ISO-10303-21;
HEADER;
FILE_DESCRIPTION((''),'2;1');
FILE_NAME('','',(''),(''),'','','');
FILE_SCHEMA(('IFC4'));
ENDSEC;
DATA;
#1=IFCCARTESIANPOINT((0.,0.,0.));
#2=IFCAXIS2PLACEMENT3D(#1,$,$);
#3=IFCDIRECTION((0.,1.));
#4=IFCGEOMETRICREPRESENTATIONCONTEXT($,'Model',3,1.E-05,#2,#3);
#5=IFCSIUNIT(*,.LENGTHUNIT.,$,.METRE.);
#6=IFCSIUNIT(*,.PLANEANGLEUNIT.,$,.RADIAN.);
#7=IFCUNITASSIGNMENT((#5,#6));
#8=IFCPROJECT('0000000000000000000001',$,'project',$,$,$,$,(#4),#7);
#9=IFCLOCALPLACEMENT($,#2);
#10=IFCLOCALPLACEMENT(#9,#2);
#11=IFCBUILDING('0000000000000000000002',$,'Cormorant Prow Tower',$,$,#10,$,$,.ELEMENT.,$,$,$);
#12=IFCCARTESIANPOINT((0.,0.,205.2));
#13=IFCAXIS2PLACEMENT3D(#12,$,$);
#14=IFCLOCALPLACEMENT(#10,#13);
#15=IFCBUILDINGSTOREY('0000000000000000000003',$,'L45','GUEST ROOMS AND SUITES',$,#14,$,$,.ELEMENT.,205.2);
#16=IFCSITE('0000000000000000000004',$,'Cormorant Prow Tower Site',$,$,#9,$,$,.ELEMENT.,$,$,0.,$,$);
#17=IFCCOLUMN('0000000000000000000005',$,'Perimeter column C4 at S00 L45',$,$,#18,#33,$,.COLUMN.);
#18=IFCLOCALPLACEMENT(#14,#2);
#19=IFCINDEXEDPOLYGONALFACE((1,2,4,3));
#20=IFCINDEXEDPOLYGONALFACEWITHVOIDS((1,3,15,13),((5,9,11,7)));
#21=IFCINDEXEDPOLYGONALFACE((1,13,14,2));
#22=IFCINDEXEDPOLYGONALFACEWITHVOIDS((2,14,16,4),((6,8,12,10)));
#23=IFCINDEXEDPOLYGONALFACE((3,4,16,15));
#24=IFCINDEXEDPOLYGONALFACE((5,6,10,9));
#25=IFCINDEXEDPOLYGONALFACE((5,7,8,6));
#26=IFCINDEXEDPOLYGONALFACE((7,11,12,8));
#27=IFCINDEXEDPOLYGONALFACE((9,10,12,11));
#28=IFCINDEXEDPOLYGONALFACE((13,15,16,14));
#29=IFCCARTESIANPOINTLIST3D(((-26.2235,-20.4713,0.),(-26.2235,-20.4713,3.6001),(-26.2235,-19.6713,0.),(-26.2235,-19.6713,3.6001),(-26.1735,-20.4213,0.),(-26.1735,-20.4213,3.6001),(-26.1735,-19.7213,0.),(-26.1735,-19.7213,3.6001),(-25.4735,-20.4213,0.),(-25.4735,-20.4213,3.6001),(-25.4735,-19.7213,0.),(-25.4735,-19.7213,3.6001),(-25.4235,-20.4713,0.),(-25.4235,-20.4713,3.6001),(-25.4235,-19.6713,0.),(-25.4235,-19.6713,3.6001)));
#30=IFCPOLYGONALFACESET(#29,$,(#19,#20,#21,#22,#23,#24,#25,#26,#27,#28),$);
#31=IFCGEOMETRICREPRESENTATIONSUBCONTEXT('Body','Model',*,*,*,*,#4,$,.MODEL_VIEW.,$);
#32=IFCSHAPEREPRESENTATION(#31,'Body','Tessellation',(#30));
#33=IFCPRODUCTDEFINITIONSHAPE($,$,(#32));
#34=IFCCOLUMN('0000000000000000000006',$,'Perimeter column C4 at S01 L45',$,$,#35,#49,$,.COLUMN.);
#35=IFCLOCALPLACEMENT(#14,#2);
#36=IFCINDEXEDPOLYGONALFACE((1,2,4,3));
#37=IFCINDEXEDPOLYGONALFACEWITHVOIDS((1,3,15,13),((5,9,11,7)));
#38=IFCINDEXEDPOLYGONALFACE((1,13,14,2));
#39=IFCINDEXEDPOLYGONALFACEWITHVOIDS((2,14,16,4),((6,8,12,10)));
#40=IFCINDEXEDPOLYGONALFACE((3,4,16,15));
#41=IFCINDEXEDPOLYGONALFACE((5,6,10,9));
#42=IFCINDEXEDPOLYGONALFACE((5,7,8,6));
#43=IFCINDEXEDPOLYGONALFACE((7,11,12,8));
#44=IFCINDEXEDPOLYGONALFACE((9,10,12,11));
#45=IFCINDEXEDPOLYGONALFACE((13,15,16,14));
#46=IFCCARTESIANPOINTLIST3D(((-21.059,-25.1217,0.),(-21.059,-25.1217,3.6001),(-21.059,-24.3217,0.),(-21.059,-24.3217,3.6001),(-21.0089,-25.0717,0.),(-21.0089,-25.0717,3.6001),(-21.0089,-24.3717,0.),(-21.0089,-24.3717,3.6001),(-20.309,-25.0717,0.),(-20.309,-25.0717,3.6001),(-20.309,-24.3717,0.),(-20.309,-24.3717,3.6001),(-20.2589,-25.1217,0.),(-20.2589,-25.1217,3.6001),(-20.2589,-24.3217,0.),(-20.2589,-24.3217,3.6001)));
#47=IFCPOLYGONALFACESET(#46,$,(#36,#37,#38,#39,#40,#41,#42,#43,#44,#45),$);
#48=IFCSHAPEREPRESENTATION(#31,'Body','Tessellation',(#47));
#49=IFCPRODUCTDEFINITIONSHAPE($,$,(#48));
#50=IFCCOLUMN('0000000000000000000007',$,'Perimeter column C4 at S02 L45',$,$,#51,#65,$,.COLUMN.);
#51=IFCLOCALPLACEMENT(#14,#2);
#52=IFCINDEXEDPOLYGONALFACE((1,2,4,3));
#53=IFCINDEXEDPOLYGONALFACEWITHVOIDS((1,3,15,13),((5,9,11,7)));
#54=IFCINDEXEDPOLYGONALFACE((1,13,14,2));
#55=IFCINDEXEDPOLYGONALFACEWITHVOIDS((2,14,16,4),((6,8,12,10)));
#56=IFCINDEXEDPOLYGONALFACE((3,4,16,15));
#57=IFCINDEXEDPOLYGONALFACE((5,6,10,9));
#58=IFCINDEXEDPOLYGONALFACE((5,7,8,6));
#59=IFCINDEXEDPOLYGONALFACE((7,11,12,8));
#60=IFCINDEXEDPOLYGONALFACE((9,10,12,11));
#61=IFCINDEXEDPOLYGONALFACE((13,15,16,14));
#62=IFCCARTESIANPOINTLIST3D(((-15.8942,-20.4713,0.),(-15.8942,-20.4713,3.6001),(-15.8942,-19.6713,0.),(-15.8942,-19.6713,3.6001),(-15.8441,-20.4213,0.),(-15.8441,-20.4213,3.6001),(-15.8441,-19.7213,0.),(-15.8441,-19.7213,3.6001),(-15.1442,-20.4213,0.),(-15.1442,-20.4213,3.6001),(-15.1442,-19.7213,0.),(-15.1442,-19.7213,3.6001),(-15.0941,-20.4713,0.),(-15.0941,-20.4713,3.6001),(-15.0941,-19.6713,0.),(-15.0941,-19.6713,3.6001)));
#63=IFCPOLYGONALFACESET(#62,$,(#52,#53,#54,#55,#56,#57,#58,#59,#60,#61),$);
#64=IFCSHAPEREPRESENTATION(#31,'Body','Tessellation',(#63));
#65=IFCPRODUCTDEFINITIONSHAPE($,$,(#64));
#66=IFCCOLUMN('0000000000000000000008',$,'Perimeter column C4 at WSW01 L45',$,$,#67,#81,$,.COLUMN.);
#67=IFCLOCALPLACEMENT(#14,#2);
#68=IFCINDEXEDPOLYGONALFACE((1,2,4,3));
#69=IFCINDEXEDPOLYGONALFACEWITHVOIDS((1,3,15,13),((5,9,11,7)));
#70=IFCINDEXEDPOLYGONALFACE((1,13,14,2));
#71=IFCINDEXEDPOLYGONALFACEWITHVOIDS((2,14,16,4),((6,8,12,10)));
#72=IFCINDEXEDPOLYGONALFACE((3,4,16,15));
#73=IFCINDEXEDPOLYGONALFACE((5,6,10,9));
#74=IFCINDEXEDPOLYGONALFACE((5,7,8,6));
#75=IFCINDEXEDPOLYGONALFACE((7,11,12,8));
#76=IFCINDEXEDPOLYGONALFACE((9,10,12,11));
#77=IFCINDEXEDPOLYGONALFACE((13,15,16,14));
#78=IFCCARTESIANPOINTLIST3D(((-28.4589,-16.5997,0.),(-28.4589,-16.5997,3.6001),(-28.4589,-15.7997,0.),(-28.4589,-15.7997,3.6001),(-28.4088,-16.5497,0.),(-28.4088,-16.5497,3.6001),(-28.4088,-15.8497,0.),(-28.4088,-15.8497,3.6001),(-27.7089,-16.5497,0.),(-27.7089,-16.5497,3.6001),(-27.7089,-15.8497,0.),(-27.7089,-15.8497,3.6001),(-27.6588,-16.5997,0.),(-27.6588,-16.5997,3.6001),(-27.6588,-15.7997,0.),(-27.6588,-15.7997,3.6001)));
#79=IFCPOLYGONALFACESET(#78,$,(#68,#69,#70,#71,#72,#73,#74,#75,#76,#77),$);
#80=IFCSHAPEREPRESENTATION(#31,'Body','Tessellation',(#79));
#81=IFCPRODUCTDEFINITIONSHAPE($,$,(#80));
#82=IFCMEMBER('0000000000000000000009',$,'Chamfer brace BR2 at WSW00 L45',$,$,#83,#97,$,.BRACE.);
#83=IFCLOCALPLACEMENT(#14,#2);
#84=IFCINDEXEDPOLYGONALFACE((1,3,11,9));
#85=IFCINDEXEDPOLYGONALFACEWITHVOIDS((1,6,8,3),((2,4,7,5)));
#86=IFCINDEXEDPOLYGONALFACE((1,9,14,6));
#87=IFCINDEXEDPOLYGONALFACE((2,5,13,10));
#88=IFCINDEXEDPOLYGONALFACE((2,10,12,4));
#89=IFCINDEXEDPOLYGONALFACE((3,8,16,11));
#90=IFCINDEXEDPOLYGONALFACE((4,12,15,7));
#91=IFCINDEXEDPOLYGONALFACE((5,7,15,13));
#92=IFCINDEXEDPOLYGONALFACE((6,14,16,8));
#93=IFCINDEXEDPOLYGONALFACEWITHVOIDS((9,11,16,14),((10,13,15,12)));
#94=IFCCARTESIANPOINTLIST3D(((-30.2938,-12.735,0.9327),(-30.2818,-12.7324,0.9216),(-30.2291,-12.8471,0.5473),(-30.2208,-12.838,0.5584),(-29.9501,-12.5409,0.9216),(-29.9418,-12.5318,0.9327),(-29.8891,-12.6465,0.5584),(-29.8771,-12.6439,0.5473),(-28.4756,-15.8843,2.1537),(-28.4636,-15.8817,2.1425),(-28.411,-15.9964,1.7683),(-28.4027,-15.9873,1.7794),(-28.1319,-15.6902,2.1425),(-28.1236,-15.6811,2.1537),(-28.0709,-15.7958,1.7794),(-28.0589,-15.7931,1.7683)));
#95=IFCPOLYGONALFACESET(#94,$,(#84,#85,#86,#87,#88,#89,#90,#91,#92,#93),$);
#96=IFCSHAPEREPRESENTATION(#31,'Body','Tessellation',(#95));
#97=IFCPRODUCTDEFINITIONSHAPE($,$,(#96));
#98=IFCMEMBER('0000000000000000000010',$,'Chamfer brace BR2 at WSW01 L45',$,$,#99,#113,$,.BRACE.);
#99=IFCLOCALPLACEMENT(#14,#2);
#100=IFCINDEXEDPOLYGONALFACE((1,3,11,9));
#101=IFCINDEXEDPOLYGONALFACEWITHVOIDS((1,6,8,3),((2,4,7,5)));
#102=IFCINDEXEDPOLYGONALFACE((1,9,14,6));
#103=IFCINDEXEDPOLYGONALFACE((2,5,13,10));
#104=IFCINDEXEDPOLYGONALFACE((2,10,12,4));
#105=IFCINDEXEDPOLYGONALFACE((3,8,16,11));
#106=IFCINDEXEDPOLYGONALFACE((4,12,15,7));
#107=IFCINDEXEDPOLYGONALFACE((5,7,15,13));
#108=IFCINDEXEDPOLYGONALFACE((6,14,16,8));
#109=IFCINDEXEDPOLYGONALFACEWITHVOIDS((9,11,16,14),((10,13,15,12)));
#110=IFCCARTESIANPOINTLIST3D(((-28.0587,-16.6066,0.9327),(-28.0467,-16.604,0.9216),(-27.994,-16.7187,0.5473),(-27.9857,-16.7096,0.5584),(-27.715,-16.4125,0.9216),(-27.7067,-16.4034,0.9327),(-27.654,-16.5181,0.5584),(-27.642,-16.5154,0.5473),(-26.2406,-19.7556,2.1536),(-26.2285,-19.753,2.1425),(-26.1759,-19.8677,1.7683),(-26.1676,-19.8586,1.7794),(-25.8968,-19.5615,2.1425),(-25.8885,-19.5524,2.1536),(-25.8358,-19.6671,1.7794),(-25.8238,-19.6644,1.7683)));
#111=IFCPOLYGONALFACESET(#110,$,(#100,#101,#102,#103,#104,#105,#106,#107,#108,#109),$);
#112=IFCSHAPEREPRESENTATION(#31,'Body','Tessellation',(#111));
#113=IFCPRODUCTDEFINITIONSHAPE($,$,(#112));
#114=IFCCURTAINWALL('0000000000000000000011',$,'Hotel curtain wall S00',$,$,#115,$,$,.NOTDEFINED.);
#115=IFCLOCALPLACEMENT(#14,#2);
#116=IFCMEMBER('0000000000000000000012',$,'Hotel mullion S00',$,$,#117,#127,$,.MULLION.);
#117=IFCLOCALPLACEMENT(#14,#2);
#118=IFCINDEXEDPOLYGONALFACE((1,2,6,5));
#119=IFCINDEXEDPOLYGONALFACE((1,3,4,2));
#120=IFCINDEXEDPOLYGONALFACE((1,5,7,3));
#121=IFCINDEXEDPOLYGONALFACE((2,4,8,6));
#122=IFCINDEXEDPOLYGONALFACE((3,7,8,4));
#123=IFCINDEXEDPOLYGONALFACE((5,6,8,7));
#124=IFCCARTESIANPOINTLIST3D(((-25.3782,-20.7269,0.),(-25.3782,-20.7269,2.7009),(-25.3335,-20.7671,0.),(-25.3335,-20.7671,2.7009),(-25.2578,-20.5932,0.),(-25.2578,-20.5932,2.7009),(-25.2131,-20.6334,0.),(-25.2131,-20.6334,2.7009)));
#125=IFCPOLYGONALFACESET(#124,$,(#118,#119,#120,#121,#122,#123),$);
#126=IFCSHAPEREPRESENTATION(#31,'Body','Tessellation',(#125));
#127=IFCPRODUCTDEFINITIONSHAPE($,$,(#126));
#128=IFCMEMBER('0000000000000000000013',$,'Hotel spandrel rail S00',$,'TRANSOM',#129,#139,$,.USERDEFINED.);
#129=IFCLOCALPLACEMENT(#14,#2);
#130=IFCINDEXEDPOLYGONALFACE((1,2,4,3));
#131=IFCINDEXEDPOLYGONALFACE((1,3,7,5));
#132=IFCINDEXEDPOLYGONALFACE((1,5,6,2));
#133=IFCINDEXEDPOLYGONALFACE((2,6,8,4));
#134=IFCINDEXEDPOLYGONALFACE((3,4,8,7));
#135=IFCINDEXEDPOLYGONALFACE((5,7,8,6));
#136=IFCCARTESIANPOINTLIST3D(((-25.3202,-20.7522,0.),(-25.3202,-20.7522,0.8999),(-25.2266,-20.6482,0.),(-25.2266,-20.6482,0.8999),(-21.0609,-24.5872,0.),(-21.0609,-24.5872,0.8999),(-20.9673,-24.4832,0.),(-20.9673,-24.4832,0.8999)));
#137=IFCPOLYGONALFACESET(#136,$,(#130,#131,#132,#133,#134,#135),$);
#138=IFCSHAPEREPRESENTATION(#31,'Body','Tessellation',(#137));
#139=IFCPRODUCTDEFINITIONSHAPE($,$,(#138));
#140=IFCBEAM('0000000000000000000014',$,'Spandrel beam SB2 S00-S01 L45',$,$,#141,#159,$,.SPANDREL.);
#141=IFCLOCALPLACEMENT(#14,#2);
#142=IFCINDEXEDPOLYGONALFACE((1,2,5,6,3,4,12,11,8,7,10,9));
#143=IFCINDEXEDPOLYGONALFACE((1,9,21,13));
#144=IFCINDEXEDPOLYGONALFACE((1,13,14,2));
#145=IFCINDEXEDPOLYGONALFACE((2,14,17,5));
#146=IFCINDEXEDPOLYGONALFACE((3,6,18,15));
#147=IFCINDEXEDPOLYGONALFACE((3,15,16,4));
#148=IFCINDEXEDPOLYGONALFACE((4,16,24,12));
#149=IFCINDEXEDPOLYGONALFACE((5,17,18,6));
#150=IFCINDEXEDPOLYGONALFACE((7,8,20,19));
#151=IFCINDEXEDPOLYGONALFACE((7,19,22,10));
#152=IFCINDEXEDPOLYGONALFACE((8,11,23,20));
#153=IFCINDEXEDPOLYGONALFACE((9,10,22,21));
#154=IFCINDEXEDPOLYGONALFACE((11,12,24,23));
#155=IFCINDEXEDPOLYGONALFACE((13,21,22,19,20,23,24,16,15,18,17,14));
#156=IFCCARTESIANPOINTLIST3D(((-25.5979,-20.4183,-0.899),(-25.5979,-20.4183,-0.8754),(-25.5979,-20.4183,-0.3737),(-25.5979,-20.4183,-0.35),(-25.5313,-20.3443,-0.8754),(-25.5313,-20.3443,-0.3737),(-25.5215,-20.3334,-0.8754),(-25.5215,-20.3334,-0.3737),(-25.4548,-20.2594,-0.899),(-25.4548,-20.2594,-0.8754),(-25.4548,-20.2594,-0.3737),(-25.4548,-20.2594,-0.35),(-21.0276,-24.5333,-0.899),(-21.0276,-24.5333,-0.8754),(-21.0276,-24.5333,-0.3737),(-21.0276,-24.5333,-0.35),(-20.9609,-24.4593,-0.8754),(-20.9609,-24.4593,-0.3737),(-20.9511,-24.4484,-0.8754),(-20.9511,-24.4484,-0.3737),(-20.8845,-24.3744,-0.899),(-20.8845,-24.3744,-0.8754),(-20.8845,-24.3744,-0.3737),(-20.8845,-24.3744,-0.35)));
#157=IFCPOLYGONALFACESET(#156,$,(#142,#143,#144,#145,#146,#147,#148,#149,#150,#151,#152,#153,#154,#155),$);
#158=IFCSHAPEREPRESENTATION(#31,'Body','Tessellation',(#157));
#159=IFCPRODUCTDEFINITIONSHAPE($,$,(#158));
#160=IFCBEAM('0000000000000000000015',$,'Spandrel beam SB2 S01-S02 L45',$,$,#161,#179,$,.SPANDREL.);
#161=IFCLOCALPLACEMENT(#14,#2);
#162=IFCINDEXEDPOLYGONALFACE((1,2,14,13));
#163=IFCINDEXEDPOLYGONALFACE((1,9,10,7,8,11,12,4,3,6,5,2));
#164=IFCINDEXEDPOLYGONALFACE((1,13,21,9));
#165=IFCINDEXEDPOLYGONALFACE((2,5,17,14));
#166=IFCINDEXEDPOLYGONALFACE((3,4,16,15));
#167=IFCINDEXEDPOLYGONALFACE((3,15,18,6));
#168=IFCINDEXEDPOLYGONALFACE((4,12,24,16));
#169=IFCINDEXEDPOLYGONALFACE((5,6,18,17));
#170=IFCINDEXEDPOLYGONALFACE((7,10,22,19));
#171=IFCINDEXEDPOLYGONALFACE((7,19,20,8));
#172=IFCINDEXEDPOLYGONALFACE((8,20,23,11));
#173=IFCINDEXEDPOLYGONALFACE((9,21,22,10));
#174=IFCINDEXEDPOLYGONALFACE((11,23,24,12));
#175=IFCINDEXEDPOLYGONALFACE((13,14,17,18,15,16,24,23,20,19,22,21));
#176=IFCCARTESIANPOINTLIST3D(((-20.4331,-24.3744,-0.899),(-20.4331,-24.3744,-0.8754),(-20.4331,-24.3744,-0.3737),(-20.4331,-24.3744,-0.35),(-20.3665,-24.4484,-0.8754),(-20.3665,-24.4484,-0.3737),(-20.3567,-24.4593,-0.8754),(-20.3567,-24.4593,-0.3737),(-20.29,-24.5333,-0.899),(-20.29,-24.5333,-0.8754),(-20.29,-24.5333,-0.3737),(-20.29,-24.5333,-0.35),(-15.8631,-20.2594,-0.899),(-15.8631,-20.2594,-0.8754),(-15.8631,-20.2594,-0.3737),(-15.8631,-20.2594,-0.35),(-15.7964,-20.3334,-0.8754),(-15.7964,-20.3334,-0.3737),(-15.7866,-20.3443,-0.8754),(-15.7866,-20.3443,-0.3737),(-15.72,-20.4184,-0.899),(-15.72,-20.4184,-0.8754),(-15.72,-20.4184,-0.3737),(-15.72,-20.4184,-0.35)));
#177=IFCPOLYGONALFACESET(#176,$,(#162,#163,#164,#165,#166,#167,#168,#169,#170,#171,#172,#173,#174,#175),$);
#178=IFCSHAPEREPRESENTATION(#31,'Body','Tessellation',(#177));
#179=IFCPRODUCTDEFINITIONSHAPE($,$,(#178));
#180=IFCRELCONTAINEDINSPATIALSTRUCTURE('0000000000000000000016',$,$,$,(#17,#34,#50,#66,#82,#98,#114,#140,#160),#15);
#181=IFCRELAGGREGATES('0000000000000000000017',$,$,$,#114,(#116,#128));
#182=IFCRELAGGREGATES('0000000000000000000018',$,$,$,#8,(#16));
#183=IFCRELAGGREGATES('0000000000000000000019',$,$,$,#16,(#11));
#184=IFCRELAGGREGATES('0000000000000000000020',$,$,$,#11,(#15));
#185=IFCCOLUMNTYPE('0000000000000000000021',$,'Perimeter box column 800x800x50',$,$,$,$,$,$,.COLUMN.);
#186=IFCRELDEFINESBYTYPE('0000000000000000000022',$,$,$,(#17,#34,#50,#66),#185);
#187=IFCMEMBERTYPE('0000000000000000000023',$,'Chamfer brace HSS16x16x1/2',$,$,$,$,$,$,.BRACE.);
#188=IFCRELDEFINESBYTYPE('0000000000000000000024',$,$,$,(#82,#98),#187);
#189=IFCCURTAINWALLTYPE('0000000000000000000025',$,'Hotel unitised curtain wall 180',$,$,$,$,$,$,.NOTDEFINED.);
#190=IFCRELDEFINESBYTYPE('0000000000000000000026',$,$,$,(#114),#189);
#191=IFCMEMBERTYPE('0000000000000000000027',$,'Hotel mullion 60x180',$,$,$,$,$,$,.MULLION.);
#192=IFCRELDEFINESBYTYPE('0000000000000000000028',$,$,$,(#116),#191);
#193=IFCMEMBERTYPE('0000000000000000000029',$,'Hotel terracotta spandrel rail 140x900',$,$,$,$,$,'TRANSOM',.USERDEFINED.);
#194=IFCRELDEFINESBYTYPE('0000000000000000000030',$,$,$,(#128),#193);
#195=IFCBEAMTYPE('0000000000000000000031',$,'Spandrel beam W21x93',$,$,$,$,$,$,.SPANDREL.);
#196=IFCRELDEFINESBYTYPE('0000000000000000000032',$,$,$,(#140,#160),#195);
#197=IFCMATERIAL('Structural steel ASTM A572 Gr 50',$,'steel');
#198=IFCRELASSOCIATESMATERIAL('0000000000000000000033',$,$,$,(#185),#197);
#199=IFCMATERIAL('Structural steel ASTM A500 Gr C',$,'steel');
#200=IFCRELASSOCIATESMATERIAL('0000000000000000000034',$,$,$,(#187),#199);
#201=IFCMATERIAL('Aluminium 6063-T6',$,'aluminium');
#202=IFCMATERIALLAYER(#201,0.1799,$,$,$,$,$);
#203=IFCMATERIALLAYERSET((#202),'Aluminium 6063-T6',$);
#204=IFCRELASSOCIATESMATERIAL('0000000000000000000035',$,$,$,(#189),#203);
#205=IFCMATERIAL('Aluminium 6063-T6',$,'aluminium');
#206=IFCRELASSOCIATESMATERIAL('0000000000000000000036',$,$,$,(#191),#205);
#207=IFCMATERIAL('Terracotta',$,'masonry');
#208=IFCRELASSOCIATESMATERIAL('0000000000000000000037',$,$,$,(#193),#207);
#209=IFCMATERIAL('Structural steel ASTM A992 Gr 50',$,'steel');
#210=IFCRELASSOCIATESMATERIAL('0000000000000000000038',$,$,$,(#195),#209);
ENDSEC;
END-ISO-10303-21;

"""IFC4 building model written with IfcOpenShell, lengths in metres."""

from ifc_helpers import new_model, si_unit, direction, frame, origin, origin_2d, place, context, subcontext, project, spatial, rectangle, hollow_rectangle, i_section, extrude, material, layer, layer_set, material_profile, profile_set, type_object, element, aggregate, save


model = new_model("IFC4")

# Units and contexts
model_context = context("Model", 3, precision=1e-05, world=origin(), true_north=direction((0.0, 1.0)))
body_context = subcontext(model_context, "Body", "Model", "MODEL_VIEW")
ifc_project = project(units=[si_unit("LENGTHUNIT", "METRE"), si_unit("PLANEANGLEUNIT", "RADIAN")], contexts=[model_context])

# Site, building, storey
site_placement = place(None, origin())
site = spatial("IfcSite", under=ifc_project, at=site_placement, Name="Cormorant Prow Tower Site", CompositionType="ELEMENT", RefElevation=0.0)
building_placement = place(site_placement, origin())
building = spatial("IfcBuilding", under=site, at=building_placement, Name="Cormorant Prow Tower", CompositionType="ELEMENT")
storey_placement = place(building_placement, frame((0.0, 0.0, 205.2)))
storey = spatial("IfcBuildingStorey", under=building, at=storey_placement, Name="L45", Description="GUEST ROOMS AND SUITES", CompositionType="ELEMENT", Elevation=205.2)

# Columns
ifc_material_1 = material(Name="Structural steel ASTM A572 Gr 50", Category="steel")
ifc_material_profile_1 = material_profile(ifc_material_1, hollow_rectangle(XDim=0.8, YDim=0.8, WallThickness=0.05, at=origin_2d()), Name="Box 800x800x50")
ifc_profile_set_1 = profile_set([ifc_material_profile_1], Name="Structural steel ASTM A572 Gr 50")
column_type = type_object("IfcColumnType", Name="Perimeter box column 800x800x50", PredefinedType="COLUMN", material=ifc_profile_set_1)
for number, where, z_axis, x_axis, name in (
    (1, (-25.8235, -20.0713, 0.0), (0.0, 0.0, 1.0), (1.0, 0.0, 0.0), "Perimeter column C4 at S00 L45"),
    (2, (-20.6589, -24.7217, 0.0), (0.0, 0.0, 1.0), (1.0, 0.0, 0.0), "Perimeter column C4 at S01 L45"),
    (3, (-15.4941, -20.0713, 0.0), (0.0, 0.0, 1.0), (1.0, 0.0, 0.0), "Perimeter column C4 at S02 L45"),
    (4, (-28.0588, -16.1997, 0.0), (0.0, 0.0, 1.0), (1.0, 0.0, 0.0), "Perimeter column C4 at WSW01 L45"),
):
    element("IfcColumn", number, at=place(storey_placement, frame(where, z_axis=z_axis, x_axis=x_axis)), inside=storey, type_object=column_type, Name=name, PredefinedType="COLUMN", context=body_context, shape_type="SweptSolid", body=[
        extrude(hollow_rectangle(XDim=0.8, YDim=0.8, WallThickness=0.05, at=origin_2d()), origin(), (0.0, 0.0, 1.0), 3.6001),
    ])

# Members
ifc_material_2 = material(Name="Structural steel ASTM A500 Gr C", Category="steel")
ifc_material_profile_2 = material_profile(ifc_material_2, hollow_rectangle(XDim=0.4065, YDim=0.4065, WallThickness=0.0117, at=origin_2d()), Name="HSS16x16x1/2")
ifc_profile_set_2 = profile_set([ifc_material_profile_2], Name="Structural steel ASTM A500 Gr C")
member_type_1 = type_object("IfcMemberType", Name="Chamfer brace HSS16x16x1/2", PredefinedType="BRACE", material=ifc_profile_set_2)
member_1_placement = place(storey_placement, frame((-30.0854, -12.6895, 0.74), z_axis=(0.473983, -0.82099, 0.318301), x_axis=(0.866032, 0.499988, 0.0)))
element("IfcMember", 5, at=member_1_placement, inside=storey, type_object=member_type_1, Name="Chamfer brace BR2 at WSW00 L45", PredefinedType="BRACE", context=body_context, shape_type="SweptSolid", body=[
    extrude(hollow_rectangle(XDim=0.4065, YDim=0.4065, WallThickness=0.0117, at=origin_2d()), origin(), (0.0, 0.0, 1.0), 3.8359),
])
member_2_placement = place(storey_placement, frame((-27.8503, -16.561, 0.74), z_axis=(0.474008, -0.820969, 0.318318), x_axis=(0.866016, 0.500017, 0.0)))
element("IfcMember", 6, at=member_2_placement, inside=storey, type_object=member_type_1, Name="Chamfer brace BR2 at WSW01 L45", PredefinedType="BRACE", context=body_context, shape_type="SweptSolid", body=[
    extrude(hollow_rectangle(XDim=0.4065, YDim=0.4065, WallThickness=0.0117, at=origin_2d()), origin(), (0.0, 0.0, 1.0), 3.8357),
])

# Curtain wall, members
ifc_material_3 = material(Name="Aluminium 6063-T6", Category="aluminium")
ifc_layer_1 = layer(ifc_material_3, 0.1799)
ifc_layer_set_1 = layer_set([ifc_layer_1], Name="Aluminium 6063-T6")
curtain_wall_type = type_object("IfcCurtainWallType", Name="Hotel unitised curtain wall 180", PredefinedType="NOTDEFINED", material=ifc_layer_set_1)
curtain_wall_placement = place(storey_placement, origin())
curtain_wall = element("IfcCurtainWall", 7, at=curtain_wall_placement, inside=storey, type_object=curtain_wall_type, Name="Hotel curtain wall S00", PredefinedType="NOTDEFINED")
ifc_material_4 = material(Name="Aluminium 6063-T6", Category="aluminium")
ifc_material_profile_3 = material_profile(ifc_material_4, rectangle(XDim=0.1799, YDim=0.0601, at=origin_2d()), Name="Hotel mullion 60x180")
ifc_profile_set_3 = profile_set([ifc_material_profile_3], Name="Aluminium 6063-T6")
member_type_2 = type_object("IfcMemberType", Name="Hotel mullion 60x180", PredefinedType="MULLION", material=ifc_profile_set_3)
member_3_placement = place(storey_placement, frame((-25.2957, -20.6802, 0.0), z_axis=(0.0, 0.0, 1.0), x_axis=(0.669131, 0.743145, 0.0)))
member_3 = element("IfcMember", 8, at=member_3_placement, type_object=member_type_2, Name="Hotel mullion S00", PredefinedType="MULLION", context=body_context, shape_type="SweptSolid", body=[
    extrude(rectangle(XDim=0.1799, YDim=0.0601, at=origin_2d()), origin(), (0.0, 0.0, 1.0), 2.7009),
])
ifc_material_5 = material(Name="Terracotta", Category="masonry")
ifc_material_profile_4 = material_profile(ifc_material_5, rectangle(XDim=0.1399, YDim=0.8999, at=origin_2d()), Name="Hotel terracotta spandrel rail 140x900")
ifc_profile_set_4 = profile_set([ifc_material_profile_4], Name="Terracotta")
member_type_3 = type_object("IfcMemberType", Name="Hotel terracotta spandrel rail 140x900", ElementType="TRANSOM", PredefinedType="USERDEFINED", material=ifc_profile_set_4)
member_4_placement = place(storey_placement, frame((-25.2734, -20.7002, 0.45), z_axis=(0.743154, -0.66912, 0.0), x_axis=(0.66912, 0.743154, 0.0)))
member_4 = element("IfcMember", 9, at=member_4_placement, type_object=member_type_3, Name="Hotel spandrel rail S00", ObjectType="TRANSOM", PredefinedType="USERDEFINED", context=body_context, shape_type="SweptSolid", body=[
    extrude(rectangle(XDim=0.1399, YDim=0.8999, at=origin_2d()), origin(), (0.0, 0.0, 1.0), 5.7314),
])

# Beams
ifc_material_6 = material(Name="Structural steel ASTM A992 Gr 50", Category="steel")
ifc_material_profile_5 = material_profile(ifc_material_6, i_section(OverallWidth=0.2139, OverallDepth=0.5491, WebThickness=0.0146, FlangeThickness=0.0237, at=origin_2d()), Name="W21x93")
ifc_profile_set_5 = profile_set([ifc_material_profile_5], Name="Structural steel ASTM A992 Gr 50")
beam_type = type_object("IfcBeamType", Name="Spandrel beam W21x93", PredefinedType="SPANDREL", material=ifc_profile_set_5)
beam_1_placement = place(storey_placement, frame((-25.5264, -20.3389, -0.6245), z_axis=(0.743156, -0.669118, 0.0), x_axis=(0.669118, 0.743156, 0.0)))
element("IfcBeam", 10, at=beam_1_placement, inside=storey, type_object=beam_type, Name="Spandrel beam SB2 S00-S01 L45", PredefinedType="SPANDREL", context=body_context, shape_type="SweptSolid", body=[
    extrude(i_section(OverallWidth=0.2139, OverallDepth=0.5491, WebThickness=0.0146, FlangeThickness=0.0237, at=origin_2d()), origin(), (0.0, 0.0, 1.0), 6.1499),
])
beam_2_placement = place(storey_placement, frame((-20.3616, -24.4539, -0.6245), z_axis=(0.743138, 0.669138, 0.0), x_axis=(-0.669138, 0.743138, 0.0)))
element("IfcBeam", 11, at=beam_2_placement, inside=storey, type_object=beam_type, Name="Spandrel beam SB2 S01-S02 L45", PredefinedType="SPANDREL", context=body_context, shape_type="SweptSolid", body=[
    extrude(i_section(OverallWidth=0.2139, OverallDepth=0.5491, WebThickness=0.0146, FlangeThickness=0.0237, at=origin_2d()), origin(), (0.0, 0.0, 1.0), 6.1497),
])

aggregate(curtain_wall, [member_3, member_4])

save(model, "model.ifc")
